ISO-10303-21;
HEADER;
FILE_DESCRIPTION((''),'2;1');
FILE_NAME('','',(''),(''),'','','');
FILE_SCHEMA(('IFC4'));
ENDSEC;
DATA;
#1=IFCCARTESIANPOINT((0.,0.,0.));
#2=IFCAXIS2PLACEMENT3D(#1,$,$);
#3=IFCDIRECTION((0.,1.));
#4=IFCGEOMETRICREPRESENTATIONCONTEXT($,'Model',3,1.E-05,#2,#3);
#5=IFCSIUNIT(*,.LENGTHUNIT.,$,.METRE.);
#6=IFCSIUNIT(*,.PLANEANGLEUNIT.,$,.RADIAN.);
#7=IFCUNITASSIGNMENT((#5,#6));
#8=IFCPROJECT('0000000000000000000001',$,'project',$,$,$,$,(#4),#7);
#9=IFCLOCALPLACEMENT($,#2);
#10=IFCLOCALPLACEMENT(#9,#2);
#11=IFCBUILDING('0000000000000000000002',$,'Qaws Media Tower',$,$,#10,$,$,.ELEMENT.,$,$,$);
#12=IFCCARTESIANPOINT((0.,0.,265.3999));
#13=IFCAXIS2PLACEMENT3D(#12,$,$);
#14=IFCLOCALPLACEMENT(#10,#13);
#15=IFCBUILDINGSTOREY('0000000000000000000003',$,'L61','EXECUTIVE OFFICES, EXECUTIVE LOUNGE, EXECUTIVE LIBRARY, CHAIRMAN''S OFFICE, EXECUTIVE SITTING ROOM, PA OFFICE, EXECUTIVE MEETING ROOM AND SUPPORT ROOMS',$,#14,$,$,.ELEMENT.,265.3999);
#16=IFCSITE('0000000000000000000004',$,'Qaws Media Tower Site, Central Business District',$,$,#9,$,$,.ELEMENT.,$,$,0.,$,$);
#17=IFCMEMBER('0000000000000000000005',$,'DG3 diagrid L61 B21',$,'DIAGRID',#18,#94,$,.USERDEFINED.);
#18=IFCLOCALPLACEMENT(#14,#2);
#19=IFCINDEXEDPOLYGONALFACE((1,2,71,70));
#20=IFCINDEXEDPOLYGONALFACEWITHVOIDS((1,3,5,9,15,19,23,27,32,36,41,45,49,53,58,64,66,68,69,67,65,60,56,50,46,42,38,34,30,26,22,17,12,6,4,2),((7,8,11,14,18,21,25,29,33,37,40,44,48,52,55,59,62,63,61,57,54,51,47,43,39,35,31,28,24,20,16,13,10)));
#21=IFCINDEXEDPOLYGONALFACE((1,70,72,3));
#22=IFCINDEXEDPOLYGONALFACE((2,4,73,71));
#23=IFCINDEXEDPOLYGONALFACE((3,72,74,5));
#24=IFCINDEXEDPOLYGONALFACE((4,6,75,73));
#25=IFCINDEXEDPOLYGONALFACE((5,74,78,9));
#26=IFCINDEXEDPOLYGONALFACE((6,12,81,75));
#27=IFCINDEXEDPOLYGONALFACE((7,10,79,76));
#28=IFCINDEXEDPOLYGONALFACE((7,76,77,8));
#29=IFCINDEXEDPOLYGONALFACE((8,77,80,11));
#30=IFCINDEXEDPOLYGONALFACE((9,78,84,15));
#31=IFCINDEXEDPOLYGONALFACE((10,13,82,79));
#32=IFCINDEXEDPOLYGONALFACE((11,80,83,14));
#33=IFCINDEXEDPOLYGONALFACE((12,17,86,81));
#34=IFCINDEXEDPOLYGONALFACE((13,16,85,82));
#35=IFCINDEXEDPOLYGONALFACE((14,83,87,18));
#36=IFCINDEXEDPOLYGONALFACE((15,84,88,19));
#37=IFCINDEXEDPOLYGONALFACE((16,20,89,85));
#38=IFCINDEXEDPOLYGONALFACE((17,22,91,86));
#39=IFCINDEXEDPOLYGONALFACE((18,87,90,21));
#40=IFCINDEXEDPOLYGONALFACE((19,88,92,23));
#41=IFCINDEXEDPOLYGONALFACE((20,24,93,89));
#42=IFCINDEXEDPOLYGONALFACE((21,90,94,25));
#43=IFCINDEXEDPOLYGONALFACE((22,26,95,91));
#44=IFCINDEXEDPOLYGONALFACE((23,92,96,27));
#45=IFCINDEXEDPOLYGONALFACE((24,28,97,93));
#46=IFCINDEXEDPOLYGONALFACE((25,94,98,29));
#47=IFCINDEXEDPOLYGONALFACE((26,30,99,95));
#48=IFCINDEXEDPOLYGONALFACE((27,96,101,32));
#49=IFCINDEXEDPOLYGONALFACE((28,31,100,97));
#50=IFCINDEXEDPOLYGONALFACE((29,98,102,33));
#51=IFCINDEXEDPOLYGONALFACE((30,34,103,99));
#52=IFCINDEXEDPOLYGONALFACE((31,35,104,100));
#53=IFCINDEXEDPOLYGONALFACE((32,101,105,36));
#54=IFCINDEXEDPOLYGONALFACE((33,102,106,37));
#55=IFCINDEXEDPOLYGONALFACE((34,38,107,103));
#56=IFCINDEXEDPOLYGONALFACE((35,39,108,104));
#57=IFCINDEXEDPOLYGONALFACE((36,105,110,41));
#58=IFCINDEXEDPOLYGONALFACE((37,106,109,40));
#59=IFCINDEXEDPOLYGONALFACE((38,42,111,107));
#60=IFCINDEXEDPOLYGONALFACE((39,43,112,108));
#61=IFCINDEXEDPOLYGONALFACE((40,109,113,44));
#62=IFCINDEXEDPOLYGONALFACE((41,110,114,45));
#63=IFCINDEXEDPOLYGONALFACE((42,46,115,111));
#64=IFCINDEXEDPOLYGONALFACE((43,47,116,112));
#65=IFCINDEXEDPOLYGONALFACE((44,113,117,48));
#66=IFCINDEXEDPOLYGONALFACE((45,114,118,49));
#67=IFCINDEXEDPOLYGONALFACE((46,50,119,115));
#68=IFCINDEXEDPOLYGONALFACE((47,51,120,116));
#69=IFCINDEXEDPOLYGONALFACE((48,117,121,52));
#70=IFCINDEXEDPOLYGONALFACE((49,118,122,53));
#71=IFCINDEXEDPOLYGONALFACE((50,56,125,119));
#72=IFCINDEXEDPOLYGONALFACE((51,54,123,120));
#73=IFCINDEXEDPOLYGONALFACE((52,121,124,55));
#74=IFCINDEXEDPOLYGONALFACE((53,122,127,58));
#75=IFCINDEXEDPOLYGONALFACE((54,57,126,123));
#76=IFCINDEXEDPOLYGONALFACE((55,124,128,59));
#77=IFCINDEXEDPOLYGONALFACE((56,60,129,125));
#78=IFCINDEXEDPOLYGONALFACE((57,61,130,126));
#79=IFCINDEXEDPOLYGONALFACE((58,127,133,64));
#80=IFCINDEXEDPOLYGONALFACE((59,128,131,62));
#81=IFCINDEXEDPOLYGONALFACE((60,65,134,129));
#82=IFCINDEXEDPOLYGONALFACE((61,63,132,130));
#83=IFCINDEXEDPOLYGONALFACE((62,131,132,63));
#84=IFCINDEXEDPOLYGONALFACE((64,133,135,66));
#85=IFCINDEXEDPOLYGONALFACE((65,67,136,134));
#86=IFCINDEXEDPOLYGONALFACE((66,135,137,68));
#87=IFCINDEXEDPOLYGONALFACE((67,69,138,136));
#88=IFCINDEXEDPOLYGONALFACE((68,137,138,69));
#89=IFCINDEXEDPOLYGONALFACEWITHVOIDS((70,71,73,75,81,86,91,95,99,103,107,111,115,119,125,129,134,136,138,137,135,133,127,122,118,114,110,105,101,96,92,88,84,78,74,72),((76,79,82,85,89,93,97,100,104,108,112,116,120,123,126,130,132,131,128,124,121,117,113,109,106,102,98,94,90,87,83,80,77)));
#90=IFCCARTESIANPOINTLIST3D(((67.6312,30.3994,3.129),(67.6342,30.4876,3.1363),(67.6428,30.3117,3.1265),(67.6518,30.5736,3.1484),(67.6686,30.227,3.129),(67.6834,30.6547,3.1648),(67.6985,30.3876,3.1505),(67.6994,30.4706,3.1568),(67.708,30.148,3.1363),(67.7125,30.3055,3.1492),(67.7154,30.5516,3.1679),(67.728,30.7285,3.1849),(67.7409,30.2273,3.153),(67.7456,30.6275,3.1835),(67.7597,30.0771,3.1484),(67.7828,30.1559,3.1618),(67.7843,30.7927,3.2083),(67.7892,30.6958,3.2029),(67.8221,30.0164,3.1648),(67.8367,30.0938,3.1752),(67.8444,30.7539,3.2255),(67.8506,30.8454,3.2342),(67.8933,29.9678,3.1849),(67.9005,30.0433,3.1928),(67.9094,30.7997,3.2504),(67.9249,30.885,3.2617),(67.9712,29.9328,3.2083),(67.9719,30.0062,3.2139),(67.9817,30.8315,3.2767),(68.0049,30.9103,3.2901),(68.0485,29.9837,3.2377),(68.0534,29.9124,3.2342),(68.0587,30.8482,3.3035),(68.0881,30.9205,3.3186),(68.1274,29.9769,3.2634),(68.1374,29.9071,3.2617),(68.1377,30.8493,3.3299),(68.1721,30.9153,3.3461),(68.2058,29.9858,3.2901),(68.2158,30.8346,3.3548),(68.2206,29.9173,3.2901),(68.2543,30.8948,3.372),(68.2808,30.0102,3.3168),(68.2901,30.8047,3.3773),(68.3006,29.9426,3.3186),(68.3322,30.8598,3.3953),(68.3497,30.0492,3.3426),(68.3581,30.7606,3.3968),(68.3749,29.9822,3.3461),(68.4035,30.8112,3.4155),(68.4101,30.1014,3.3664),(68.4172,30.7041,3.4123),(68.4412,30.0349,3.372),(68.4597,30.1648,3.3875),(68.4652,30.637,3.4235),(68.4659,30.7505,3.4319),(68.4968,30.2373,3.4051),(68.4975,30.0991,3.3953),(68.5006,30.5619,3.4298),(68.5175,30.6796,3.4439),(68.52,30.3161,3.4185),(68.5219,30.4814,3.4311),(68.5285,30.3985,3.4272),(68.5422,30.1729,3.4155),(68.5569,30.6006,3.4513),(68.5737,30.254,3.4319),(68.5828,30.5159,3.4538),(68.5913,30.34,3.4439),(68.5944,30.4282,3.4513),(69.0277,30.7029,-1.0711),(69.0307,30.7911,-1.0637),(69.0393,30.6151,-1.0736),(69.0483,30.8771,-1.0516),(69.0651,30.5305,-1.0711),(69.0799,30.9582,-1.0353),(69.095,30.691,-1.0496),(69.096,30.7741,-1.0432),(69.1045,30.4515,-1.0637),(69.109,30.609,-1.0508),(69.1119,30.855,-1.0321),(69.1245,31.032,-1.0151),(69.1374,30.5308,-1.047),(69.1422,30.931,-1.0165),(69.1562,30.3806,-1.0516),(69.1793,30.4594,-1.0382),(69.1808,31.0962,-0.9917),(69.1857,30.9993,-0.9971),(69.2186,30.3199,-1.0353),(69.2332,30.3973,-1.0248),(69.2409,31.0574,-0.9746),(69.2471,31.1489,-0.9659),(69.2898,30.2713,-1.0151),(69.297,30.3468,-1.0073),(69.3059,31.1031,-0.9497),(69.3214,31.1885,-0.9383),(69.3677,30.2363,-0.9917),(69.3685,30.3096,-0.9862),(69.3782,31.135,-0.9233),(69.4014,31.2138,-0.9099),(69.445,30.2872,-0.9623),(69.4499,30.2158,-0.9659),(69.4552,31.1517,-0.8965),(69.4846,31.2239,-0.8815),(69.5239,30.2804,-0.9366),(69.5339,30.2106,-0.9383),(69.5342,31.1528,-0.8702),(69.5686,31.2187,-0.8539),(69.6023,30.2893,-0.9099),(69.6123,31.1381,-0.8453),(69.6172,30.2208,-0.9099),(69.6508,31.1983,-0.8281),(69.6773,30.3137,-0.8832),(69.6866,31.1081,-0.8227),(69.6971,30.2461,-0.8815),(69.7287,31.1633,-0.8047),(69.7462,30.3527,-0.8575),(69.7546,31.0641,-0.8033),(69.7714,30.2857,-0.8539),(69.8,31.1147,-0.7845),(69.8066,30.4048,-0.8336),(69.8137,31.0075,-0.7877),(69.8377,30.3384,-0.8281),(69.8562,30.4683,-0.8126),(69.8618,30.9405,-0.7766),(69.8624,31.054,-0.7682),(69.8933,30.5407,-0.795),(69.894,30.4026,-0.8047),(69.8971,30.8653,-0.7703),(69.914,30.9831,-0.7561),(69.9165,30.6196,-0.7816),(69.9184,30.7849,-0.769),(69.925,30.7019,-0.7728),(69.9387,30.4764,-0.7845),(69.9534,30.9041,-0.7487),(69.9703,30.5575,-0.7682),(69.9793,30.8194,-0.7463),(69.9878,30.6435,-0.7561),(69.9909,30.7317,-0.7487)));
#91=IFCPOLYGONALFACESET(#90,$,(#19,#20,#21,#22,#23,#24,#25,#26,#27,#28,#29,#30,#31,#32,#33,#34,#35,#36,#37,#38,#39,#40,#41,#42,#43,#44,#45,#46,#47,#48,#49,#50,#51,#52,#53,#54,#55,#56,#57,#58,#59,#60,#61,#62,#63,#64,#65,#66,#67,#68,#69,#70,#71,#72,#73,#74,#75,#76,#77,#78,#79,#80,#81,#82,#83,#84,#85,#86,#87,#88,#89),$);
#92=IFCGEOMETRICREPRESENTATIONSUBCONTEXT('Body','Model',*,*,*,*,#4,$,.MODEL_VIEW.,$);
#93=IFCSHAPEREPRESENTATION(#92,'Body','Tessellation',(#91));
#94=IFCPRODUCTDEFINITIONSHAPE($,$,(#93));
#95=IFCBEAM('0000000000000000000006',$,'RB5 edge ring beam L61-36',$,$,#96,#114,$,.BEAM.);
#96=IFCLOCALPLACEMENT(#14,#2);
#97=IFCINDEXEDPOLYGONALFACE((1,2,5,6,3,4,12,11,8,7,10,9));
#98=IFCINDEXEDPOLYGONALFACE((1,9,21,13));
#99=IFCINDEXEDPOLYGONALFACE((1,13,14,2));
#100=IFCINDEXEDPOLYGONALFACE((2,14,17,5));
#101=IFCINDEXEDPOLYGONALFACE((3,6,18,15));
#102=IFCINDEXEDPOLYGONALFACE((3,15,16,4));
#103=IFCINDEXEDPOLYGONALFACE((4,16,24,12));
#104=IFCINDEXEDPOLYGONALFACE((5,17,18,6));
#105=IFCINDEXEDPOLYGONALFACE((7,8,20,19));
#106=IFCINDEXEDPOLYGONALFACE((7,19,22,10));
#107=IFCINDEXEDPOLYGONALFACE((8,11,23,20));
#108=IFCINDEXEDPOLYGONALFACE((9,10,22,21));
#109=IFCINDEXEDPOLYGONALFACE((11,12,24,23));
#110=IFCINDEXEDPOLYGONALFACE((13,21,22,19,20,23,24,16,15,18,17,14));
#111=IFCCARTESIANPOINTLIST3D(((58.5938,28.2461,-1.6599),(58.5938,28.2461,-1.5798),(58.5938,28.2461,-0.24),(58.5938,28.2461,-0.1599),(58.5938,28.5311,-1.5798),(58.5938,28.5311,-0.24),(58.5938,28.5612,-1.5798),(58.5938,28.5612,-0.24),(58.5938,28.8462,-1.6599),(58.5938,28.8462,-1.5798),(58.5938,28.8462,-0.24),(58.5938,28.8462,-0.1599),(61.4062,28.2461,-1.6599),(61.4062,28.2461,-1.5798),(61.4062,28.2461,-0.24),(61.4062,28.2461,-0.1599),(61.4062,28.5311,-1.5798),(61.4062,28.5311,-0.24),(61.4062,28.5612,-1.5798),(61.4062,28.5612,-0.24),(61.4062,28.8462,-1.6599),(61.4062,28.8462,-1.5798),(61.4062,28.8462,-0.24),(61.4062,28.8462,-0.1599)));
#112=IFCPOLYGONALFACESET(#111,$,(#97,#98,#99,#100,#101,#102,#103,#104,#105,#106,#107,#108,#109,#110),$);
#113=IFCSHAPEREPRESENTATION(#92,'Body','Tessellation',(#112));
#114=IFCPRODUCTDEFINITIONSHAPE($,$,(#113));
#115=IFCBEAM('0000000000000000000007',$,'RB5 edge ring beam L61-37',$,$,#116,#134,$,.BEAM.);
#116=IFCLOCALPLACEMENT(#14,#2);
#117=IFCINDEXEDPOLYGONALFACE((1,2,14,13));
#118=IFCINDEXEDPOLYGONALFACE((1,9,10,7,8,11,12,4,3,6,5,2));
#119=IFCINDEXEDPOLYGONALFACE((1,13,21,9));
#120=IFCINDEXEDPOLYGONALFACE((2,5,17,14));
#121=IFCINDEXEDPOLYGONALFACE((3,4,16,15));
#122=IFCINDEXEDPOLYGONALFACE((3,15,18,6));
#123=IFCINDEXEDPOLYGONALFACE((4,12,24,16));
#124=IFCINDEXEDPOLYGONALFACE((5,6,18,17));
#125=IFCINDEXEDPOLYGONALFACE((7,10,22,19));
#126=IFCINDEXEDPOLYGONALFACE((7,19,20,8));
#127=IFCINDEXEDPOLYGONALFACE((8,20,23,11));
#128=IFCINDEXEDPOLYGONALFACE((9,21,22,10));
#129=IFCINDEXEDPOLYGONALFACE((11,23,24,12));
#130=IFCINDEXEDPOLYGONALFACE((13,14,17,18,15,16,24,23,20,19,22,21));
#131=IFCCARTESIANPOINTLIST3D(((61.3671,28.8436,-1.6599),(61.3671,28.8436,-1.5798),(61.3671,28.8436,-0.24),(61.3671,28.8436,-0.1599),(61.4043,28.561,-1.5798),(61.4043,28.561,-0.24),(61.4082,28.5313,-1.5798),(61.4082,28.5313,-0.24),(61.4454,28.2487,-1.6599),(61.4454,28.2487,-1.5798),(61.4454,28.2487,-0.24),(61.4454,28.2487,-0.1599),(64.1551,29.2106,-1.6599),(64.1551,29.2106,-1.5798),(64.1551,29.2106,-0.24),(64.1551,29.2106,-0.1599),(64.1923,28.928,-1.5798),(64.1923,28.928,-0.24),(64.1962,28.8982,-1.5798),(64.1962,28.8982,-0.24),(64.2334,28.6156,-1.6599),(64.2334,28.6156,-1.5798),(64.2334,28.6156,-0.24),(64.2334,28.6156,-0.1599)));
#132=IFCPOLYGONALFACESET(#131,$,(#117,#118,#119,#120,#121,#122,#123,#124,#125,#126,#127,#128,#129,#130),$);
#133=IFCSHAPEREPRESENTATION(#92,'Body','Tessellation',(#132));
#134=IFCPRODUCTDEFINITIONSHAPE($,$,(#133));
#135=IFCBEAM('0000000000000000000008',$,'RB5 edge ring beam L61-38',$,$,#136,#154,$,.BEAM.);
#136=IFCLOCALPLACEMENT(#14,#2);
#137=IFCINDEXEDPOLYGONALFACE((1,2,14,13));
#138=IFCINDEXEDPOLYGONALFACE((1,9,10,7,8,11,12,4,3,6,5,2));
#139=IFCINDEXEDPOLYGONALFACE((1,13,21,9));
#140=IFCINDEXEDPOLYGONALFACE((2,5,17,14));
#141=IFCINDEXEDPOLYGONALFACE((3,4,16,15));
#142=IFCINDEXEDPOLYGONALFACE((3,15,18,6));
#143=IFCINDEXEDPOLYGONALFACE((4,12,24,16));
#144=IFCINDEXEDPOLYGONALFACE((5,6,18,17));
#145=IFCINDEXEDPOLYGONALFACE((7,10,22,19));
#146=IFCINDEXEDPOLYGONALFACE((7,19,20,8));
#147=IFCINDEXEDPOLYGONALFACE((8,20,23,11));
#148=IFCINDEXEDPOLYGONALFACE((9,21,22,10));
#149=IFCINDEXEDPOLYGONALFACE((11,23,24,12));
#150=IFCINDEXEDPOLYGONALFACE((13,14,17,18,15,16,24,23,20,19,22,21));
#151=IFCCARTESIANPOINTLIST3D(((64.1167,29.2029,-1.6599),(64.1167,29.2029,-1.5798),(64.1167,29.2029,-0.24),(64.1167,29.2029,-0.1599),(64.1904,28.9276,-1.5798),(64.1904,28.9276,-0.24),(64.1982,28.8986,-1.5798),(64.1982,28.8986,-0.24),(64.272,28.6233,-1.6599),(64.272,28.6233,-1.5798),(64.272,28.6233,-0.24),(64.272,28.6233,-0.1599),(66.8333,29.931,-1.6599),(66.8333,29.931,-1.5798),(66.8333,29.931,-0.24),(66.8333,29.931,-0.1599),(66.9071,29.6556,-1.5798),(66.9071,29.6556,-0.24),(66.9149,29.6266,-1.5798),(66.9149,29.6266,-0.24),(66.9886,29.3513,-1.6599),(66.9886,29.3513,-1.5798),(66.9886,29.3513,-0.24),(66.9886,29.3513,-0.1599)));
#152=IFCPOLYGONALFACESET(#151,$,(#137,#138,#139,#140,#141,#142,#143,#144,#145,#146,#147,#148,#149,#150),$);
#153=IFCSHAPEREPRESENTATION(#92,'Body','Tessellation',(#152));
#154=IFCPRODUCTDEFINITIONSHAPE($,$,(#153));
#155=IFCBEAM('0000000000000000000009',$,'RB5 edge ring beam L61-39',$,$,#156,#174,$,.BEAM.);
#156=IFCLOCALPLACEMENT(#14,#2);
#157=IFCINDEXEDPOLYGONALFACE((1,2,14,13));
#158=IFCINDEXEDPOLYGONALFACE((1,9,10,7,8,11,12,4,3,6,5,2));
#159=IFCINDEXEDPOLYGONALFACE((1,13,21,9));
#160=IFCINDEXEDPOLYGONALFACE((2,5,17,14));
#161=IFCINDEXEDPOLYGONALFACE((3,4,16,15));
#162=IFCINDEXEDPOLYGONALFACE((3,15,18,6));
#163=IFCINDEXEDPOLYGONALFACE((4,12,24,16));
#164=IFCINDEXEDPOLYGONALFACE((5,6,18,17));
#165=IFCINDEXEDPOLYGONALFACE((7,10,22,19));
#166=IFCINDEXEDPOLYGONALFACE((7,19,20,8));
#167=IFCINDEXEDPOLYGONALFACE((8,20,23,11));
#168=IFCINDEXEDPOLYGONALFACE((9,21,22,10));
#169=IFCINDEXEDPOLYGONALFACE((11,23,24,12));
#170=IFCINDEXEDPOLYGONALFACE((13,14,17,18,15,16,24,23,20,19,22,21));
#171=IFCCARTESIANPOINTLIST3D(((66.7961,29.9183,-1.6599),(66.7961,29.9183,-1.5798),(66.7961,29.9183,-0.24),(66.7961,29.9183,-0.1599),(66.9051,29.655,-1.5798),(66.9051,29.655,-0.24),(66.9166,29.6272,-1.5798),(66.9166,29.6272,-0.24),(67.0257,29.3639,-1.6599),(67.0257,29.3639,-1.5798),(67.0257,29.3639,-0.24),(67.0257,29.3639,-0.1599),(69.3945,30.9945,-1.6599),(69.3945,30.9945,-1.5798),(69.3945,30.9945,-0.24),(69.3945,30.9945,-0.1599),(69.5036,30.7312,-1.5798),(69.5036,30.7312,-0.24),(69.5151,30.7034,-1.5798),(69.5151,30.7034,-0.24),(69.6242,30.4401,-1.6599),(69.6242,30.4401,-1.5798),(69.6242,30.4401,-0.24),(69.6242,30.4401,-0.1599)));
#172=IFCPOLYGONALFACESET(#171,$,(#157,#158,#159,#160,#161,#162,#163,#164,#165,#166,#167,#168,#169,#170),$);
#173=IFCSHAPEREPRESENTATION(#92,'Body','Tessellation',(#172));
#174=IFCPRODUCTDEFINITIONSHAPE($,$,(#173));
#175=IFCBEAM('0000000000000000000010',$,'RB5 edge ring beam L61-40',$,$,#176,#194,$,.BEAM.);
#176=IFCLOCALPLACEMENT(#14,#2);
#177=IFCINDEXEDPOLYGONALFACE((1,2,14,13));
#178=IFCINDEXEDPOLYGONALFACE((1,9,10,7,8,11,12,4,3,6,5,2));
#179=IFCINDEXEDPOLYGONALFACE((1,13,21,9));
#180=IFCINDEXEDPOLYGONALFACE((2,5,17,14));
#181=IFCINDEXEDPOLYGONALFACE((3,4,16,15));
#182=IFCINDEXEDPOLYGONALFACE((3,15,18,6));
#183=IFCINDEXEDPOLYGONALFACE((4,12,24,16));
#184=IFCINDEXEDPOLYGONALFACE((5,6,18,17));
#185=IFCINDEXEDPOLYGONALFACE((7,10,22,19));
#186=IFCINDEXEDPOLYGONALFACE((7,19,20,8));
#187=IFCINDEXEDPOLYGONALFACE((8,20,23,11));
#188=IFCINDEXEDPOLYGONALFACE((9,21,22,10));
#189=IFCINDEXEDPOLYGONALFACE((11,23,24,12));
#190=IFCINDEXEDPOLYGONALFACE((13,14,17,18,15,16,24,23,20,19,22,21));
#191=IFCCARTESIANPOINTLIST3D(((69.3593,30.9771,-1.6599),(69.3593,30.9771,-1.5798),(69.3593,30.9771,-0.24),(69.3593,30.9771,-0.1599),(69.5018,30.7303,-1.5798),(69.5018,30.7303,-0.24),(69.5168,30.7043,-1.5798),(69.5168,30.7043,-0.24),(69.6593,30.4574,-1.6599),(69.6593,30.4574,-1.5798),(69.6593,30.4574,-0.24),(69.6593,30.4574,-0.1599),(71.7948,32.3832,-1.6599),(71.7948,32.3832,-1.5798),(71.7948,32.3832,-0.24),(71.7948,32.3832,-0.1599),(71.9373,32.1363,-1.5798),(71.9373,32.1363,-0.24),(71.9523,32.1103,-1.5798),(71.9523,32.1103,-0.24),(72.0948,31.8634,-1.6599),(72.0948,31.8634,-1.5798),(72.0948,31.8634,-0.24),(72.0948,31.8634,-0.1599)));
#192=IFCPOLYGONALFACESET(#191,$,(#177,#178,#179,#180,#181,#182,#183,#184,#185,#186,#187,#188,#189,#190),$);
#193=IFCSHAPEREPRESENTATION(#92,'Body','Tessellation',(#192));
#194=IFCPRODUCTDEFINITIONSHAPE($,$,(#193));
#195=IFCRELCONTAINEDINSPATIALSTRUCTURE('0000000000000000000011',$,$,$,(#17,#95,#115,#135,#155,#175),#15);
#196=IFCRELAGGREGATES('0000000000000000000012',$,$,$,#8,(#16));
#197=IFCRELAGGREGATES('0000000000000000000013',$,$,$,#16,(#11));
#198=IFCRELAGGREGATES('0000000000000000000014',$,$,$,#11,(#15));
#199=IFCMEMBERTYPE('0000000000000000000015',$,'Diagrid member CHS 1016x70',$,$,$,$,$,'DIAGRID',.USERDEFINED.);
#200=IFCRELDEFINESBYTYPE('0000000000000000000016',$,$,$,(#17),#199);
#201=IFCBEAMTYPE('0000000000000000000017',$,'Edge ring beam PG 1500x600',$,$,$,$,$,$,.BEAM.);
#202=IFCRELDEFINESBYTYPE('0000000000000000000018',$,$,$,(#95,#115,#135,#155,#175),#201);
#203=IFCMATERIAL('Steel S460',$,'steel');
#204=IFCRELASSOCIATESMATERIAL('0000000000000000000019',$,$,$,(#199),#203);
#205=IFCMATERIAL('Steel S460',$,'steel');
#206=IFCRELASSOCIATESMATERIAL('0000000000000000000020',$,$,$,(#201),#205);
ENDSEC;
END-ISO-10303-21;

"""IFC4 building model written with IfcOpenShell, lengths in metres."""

from ifc_helpers import new_model, si_unit, direction, frame, origin, origin_2d, place, context, subcontext, project, spatial, hollow_circle, i_section, extrude, material, material_profile, profile_set, type_object, element, save


model = new_model("IFC4")

# Units and contexts
model_context = context("Model", 3, precision=1e-05, world=origin(), true_north=direction((0.0, 1.0)))
body_context = subcontext(model_context, "Body", "Model", "MODEL_VIEW")
ifc_project = project(units=[si_unit("LENGTHUNIT", "METRE"), si_unit("PLANEANGLEUNIT", "RADIAN")], contexts=[model_context])

# Site, building, storey
site_placement = place(None, origin())
site = spatial("IfcSite", under=ifc_project, at=site_placement, Name="Qaws Media Tower Site, Central Business District", CompositionType="ELEMENT", RefElevation=0.0)
building_placement = place(site_placement, origin())
building = spatial("IfcBuilding", under=site, at=building_placement, Name="Qaws Media Tower", CompositionType="ELEMENT")
storey_placement = place(building_placement, frame((0.0, 0.0, 265.3999)))
storey = spatial("IfcBuildingStorey", under=building, at=storey_placement, Name="L61", Description="EXECUTIVE OFFICES, EXECUTIVE LOUNGE, EXECUTIVE LIBRARY, CHAIRMAN'S OFFICE, EXECUTIVE SITTING ROOM, PA OFFICE, EXECUTIVE MEETING ROOM AND SUPPORT ROOMS", CompositionType="ELEMENT", Elevation=265.3999)

# Member
ifc_material_1 = material(Name="Steel S460", Category="steel")
ifc_material_profile_1 = material_profile(ifc_material_1, hollow_circle(Radius=0.5081, WallThickness=0.0701, at=origin_2d()), Name="CHS 1016x70")
ifc_profile_set_1 = profile_set([ifc_material_profile_1], Name="Steel S460")
member_type_1 = type_object("IfcMemberType", Name="Diagrid member CHS 1016x70", ElementType="DIAGRID", PredefinedType="USERDEFINED", material=ifc_profile_set_1)
member_1_placement = place(storey_placement, frame((69.5093, 30.7173, -0.9099), z_axis=(-0.314777, -0.068403, 0.946698), x_axis=(0.212352, -0.977193, 0.0)))
element("IfcMember", 1, at=member_1_placement, inside=storey, type_object=member_type_1, Name="DG3 diagrid L61 B21", ObjectType="DIAGRID", PredefinedType="USERDEFINED", context=body_context, shape_type="SweptSolid", body=[
    extrude(hollow_circle(Radius=0.5081, WallThickness=0.0701, at=origin_2d()), origin(), (0.0, 0.0, 1.0), 4.4365),
])

# Beams
ifc_material_2 = material(Name="Steel S460", Category="steel")
ifc_material_profile_2 = material_profile(ifc_material_2, i_section(OverallWidth=0.6001, OverallDepth=1.5, WebThickness=0.03, FlangeThickness=0.0801, at=origin_2d()), Name="PG 1500x600")
ifc_profile_set_2 = profile_set([ifc_material_profile_2], Name="Steel S460")
beam_type = type_object("IfcBeamType", Name="Edge ring beam PG 1500x600", PredefinedType="BEAM", material=ifc_profile_set_2)
beam_1_placement = place(storey_placement, frame((58.5938, 28.5461, -0.9099), z_axis=(1.0, 0.0, 0.0), x_axis=(0.0, 1.0, 0.0)))
element("IfcBeam", 2, at=beam_1_placement, inside=storey, type_object=beam_type, Name="RB5 edge ring beam L61-36", PredefinedType="BEAM", context=body_context, shape_type="SweptSolid", body=[
    extrude(i_section(OverallWidth=0.6001, OverallDepth=1.5, WebThickness=0.03, FlangeThickness=0.0801, at=origin_2d()), origin(), (0.0, 0.0, 1.0), 2.8125),
])
beam_2_placement = place(storey_placement, frame((61.4062, 28.5461, -0.9099), z_axis=(0.99145, 0.130486, 0.0), x_axis=(-0.130486, 0.99145, 0.0)))
element("IfcBeam", 3, at=beam_2_placement, inside=storey, type_object=beam_type, Name="RB5 edge ring beam L61-37", PredefinedType="BEAM", context=body_context, shape_type="SweptSolid", body=[
    extrude(i_section(OverallWidth=0.6001, OverallDepth=1.5, WebThickness=0.03, FlangeThickness=0.0801, at=origin_2d()), origin(), (0.0, 0.0, 1.0), 2.812),
])
for number, where, z_axis, x_axis, name in (
    (4, (64.1943, 28.9131, -0.9099), (0.965914, 0.258862, 0.0), (-0.258862, 0.965914, 0.0), "RB5 edge ring beam L61-38"),
    (5, (66.9109, 29.6411, -0.9099), (0.923894, 0.382648, 0.0), (-0.382648, 0.923894, 0.0), "RB5 edge ring beam L61-39"),
):
    element("IfcBeam", number, at=place(storey_placement, frame(where, z_axis=z_axis, x_axis=x_axis)), inside=storey, type_object=beam_type, Name=name, PredefinedType="BEAM", context=body_context, shape_type="SweptSolid", body=[
        extrude(i_section(OverallWidth=0.6001, OverallDepth=1.5, WebThickness=0.03, FlangeThickness=0.0801, at=origin_2d()), origin(), (0.0, 0.0, 1.0), 2.8125),
    ])
beam_3_placement = place(storey_placement, frame((69.5093, 30.7173, -0.9099), z_axis=(0.86605, 0.499958, 0.0), x_axis=(-0.499958, 0.86605, 0.0)))
element("IfcBeam", 6, at=beam_3_placement, inside=storey, type_object=beam_type, Name="RB5 edge ring beam L61-40", PredefinedType="BEAM", context=body_context, shape_type="SweptSolid", body=[
    extrude(i_section(OverallWidth=0.6001, OverallDepth=1.5, WebThickness=0.03, FlangeThickness=0.0801, at=origin_2d()), origin(), (0.0, 0.0, 1.0), 2.8123),
])

save(model, "model.ifc")
